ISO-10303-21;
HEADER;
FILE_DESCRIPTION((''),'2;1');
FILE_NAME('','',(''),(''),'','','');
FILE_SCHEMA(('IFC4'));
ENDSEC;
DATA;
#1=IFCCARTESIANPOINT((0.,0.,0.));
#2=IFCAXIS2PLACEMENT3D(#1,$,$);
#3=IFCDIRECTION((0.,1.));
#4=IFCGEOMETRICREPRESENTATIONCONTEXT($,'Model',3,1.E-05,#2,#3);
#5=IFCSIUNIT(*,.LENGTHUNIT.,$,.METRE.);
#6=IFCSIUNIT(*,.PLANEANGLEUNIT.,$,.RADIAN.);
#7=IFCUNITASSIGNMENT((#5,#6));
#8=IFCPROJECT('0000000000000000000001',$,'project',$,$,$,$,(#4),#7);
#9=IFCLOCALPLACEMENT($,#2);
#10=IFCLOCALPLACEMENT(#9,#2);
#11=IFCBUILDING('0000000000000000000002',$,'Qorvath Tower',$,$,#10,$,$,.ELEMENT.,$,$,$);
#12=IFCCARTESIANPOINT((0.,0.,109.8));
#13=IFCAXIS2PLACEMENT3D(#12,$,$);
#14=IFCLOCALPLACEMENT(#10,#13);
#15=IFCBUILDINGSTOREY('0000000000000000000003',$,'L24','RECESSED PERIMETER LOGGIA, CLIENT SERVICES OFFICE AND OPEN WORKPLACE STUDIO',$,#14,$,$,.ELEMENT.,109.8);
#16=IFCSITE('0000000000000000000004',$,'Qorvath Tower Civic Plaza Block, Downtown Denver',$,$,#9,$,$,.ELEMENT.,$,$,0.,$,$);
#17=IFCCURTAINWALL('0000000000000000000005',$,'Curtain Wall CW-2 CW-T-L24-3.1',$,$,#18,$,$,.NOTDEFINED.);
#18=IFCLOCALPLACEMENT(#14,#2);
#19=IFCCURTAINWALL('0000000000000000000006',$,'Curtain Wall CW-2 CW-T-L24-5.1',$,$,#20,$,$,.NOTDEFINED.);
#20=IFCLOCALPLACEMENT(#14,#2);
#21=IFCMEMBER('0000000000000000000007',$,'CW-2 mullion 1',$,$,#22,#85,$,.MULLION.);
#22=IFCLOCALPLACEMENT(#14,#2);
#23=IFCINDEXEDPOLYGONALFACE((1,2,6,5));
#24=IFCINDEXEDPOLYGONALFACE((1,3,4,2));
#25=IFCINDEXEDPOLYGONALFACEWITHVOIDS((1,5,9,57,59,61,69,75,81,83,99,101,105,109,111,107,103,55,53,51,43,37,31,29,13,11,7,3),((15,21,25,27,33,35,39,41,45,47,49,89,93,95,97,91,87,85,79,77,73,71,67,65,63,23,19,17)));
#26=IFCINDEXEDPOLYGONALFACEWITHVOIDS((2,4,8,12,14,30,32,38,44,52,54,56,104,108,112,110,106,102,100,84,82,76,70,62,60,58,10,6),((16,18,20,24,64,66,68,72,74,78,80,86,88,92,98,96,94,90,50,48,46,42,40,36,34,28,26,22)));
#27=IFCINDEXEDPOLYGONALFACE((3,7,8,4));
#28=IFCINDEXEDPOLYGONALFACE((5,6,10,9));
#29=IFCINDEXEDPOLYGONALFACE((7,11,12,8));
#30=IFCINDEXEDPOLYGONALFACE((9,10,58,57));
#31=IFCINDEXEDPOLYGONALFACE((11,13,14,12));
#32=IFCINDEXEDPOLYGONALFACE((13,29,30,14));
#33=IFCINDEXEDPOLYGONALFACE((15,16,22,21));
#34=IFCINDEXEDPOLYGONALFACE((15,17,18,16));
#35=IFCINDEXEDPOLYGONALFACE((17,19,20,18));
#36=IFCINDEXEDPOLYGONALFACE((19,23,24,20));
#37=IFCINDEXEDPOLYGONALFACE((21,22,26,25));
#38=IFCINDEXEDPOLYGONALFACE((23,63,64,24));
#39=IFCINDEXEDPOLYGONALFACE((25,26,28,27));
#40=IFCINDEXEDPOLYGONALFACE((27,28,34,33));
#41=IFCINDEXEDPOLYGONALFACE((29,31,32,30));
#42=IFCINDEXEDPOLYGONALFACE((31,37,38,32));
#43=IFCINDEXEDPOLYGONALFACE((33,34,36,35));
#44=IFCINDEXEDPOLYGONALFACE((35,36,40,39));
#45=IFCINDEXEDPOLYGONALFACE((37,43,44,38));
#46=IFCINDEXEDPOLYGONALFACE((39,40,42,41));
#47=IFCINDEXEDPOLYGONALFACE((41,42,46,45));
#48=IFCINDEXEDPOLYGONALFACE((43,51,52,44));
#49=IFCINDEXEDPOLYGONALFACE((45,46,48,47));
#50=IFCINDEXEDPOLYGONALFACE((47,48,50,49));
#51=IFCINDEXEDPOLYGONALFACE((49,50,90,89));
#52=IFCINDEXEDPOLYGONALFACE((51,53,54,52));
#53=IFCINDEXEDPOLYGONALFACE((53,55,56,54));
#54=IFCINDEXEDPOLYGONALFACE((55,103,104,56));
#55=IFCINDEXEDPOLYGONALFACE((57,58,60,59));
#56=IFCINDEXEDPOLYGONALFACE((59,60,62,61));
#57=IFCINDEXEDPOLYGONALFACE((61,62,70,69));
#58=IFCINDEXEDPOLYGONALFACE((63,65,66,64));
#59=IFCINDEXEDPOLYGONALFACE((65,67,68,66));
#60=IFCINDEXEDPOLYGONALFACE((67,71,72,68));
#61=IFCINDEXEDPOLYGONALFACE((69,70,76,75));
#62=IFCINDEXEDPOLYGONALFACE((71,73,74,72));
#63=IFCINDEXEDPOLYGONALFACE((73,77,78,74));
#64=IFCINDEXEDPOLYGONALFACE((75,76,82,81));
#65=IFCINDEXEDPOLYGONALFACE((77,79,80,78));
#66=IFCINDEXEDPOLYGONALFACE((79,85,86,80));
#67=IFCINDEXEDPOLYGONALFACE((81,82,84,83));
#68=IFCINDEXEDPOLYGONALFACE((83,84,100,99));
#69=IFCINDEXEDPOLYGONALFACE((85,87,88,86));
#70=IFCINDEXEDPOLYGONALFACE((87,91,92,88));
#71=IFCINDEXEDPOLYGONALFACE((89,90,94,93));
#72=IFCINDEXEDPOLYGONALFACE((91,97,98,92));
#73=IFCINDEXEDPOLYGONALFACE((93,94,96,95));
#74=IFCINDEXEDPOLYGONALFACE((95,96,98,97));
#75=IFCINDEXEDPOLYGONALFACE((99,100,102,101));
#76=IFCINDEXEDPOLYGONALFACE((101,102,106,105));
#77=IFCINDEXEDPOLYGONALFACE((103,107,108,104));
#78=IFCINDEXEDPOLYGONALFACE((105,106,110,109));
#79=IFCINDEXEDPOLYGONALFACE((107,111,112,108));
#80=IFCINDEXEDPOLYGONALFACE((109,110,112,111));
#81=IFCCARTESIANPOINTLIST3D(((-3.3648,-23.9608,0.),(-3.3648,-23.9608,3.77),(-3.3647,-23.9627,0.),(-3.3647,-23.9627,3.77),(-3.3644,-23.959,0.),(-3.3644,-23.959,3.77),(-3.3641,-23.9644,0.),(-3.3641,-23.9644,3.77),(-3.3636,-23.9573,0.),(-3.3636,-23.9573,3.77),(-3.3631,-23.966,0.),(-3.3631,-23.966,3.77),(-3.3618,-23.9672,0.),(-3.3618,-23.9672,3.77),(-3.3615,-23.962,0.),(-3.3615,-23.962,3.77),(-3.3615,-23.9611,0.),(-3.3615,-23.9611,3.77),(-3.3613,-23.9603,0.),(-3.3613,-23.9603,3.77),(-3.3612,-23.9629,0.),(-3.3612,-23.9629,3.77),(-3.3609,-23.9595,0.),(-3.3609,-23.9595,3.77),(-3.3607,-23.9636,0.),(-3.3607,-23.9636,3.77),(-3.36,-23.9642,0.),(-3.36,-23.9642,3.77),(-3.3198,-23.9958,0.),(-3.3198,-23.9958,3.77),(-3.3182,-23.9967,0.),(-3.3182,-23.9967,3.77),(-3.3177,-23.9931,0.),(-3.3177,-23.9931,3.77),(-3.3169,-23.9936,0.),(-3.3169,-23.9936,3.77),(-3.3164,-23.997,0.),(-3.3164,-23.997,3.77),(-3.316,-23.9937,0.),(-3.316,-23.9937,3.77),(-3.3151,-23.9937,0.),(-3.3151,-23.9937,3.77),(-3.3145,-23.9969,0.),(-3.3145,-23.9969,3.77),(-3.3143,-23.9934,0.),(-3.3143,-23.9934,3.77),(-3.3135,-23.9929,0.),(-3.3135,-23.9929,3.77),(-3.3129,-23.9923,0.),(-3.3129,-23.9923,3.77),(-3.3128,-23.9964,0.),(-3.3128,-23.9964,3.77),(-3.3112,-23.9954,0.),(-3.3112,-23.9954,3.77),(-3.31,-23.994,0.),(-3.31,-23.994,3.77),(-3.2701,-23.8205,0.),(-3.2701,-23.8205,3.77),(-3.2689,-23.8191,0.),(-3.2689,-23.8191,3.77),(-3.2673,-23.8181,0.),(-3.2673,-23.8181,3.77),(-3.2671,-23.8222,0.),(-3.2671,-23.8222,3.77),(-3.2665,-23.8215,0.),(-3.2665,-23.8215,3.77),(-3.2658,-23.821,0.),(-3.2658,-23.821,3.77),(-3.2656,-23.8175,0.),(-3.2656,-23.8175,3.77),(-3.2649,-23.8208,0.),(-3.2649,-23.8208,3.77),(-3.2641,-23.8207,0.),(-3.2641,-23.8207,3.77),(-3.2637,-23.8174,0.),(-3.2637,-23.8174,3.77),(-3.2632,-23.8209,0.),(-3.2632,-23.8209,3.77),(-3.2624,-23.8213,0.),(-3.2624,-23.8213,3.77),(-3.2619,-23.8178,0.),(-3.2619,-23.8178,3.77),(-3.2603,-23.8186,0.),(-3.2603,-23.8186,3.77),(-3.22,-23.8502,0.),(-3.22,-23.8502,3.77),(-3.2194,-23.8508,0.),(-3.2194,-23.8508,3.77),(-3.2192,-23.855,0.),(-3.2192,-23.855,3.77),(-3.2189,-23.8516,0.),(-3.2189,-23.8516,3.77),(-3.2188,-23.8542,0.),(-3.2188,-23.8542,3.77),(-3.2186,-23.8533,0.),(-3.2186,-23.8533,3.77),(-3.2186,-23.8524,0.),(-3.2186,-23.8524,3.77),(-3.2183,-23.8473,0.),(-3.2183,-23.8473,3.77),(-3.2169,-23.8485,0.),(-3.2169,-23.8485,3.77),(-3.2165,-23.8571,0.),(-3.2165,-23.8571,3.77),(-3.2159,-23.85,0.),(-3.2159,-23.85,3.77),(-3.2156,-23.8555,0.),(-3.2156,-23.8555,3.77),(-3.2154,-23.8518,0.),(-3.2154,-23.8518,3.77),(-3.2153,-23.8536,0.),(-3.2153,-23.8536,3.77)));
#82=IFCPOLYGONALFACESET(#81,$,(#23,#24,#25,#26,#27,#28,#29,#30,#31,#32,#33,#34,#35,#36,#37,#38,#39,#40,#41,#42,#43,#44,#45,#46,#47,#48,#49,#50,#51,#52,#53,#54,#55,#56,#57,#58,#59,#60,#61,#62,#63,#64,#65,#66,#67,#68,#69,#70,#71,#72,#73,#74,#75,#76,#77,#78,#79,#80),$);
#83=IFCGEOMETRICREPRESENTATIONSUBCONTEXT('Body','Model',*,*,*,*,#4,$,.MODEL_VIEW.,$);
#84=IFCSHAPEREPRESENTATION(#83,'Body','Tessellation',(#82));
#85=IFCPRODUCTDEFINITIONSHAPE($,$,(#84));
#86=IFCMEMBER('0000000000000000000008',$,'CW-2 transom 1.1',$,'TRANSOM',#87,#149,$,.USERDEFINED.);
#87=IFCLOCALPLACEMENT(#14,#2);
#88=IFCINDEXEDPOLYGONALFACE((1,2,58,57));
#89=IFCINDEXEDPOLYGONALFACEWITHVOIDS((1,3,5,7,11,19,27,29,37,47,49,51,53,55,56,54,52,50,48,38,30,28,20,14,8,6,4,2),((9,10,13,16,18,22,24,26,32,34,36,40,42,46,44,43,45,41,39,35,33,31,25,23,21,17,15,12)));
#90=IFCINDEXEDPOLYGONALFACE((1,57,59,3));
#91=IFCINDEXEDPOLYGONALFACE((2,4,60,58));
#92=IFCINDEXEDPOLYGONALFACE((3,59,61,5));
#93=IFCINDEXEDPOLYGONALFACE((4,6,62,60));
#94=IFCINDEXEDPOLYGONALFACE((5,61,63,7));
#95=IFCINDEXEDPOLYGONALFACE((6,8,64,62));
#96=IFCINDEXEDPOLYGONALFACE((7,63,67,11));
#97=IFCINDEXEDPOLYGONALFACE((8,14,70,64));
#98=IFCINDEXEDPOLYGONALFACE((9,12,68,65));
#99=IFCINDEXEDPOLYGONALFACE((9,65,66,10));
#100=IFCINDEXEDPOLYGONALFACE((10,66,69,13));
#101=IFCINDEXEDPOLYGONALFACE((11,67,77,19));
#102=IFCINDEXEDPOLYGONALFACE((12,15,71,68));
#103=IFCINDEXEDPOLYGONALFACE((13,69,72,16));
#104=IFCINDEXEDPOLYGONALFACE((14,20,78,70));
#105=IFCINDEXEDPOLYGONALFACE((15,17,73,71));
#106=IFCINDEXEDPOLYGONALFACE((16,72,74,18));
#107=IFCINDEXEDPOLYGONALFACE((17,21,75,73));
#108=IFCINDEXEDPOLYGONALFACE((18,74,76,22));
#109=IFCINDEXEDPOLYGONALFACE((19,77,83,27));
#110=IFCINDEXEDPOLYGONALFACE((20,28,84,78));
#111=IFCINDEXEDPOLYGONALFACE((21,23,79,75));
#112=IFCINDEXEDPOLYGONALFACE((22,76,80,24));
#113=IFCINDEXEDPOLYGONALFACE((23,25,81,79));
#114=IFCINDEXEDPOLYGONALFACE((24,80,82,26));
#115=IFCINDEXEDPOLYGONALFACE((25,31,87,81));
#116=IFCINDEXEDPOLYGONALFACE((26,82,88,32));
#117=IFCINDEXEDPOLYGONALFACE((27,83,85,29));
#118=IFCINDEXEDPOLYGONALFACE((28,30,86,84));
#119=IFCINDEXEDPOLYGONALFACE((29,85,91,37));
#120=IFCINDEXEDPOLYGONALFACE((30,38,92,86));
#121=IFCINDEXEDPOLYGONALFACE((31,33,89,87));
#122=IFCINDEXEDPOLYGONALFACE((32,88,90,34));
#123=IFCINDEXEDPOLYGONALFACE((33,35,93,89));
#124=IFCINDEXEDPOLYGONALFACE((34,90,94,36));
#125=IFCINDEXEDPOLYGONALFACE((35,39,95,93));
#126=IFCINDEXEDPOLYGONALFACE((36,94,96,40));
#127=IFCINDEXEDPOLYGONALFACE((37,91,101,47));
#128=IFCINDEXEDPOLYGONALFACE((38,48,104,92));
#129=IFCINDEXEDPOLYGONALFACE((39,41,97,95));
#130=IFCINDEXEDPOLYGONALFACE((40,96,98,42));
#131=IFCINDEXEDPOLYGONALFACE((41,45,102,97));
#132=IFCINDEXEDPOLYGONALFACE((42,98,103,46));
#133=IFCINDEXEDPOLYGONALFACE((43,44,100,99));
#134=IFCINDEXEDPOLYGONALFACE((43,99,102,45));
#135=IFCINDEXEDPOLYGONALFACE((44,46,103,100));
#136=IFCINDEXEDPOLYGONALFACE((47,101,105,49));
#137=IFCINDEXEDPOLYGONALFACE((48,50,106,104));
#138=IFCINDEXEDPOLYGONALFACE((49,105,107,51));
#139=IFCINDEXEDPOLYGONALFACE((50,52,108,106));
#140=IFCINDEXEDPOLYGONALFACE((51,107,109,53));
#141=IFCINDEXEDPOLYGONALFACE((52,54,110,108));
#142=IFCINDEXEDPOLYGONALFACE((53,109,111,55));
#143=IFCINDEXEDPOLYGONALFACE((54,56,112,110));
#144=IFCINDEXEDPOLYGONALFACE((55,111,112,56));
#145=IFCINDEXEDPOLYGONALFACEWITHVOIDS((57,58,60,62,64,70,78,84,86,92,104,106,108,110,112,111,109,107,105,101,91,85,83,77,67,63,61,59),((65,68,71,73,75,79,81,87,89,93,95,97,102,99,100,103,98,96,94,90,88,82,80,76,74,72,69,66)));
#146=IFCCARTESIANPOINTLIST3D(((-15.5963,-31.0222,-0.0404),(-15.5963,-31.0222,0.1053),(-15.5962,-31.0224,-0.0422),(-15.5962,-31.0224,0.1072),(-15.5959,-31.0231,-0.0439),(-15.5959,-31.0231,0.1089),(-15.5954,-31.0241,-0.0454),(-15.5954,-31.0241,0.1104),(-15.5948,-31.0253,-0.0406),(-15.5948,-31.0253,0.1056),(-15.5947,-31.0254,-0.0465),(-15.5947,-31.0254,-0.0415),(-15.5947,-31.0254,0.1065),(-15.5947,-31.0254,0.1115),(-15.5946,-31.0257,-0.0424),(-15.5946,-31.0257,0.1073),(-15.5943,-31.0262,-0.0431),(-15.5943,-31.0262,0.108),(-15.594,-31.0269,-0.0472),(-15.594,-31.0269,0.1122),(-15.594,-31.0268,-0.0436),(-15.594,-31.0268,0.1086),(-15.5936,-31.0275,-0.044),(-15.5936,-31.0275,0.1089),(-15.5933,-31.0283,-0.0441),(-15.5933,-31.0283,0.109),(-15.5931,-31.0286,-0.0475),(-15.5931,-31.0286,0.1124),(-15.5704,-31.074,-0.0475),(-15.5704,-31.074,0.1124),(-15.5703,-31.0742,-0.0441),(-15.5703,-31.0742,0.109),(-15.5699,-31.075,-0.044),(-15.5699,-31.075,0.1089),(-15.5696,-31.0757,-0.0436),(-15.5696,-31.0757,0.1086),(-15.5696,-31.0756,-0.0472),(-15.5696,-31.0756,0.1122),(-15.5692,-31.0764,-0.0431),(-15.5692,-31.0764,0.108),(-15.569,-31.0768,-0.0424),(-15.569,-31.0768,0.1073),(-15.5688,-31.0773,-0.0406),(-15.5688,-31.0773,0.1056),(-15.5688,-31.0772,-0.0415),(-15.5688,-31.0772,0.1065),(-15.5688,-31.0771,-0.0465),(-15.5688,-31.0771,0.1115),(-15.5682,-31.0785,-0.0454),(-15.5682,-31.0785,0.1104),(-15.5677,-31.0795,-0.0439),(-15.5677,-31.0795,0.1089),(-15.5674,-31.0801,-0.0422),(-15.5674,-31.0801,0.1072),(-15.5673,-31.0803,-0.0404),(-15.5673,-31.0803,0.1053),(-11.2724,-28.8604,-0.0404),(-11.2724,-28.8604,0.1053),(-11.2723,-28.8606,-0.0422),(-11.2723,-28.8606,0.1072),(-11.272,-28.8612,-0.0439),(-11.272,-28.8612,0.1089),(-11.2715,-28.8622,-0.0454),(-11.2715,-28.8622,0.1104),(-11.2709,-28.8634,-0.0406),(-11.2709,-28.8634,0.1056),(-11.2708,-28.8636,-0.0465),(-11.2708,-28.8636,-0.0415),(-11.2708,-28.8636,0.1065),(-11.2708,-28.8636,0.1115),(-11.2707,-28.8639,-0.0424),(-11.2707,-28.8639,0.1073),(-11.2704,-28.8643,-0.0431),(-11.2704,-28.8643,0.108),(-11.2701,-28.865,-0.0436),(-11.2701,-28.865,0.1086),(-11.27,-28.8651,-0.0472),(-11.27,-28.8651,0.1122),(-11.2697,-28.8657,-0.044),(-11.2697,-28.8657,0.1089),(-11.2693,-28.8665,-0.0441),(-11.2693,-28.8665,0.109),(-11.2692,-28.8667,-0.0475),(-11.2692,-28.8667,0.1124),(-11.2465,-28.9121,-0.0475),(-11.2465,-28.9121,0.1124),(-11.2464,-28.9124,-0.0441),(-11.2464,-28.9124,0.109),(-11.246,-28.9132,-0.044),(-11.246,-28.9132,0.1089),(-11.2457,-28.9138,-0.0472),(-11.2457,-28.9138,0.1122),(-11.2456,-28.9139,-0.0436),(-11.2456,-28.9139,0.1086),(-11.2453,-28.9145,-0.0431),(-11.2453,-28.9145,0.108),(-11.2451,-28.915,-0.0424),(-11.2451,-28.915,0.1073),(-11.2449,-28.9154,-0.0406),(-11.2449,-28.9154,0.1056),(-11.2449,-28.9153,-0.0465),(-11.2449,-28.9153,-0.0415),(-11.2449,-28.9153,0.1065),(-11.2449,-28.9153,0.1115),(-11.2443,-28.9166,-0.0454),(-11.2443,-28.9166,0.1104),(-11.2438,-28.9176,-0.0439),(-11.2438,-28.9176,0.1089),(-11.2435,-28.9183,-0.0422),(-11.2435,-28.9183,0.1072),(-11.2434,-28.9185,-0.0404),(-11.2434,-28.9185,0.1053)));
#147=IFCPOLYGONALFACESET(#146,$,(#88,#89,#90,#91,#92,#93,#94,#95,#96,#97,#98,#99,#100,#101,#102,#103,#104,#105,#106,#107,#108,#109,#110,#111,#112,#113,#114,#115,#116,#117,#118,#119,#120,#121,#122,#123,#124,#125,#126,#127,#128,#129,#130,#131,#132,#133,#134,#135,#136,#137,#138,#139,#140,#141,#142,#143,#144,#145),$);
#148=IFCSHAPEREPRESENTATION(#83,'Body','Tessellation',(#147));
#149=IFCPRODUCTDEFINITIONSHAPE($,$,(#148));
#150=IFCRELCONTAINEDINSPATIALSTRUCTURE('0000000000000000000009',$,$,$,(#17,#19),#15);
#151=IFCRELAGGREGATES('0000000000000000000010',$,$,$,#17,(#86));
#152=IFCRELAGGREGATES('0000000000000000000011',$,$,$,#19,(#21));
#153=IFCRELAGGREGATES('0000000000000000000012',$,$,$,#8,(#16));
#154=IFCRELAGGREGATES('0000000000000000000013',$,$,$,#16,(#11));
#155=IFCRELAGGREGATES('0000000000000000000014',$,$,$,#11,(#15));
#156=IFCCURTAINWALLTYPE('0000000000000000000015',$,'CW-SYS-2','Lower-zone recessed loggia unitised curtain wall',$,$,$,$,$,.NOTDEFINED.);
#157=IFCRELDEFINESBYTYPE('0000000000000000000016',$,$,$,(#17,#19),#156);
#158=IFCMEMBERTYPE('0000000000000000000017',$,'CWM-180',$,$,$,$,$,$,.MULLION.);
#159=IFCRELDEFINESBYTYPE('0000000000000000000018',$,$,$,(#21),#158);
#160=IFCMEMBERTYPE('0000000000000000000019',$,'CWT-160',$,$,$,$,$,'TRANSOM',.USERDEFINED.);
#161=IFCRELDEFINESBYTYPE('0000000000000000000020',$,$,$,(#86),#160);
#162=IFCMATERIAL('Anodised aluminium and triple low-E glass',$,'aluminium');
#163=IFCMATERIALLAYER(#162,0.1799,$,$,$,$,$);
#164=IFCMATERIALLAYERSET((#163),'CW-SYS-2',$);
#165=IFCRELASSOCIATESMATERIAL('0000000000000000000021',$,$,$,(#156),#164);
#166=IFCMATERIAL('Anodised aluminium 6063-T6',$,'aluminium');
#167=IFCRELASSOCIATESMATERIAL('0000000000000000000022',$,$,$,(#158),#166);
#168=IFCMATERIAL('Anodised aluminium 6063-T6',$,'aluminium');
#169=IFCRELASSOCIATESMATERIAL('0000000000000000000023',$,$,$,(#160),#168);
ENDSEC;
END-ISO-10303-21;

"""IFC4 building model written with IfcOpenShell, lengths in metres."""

from ifc_helpers import new_model, si_unit, direction, frame, origin, origin_2d, place, context, subcontext, project, spatial, hollow_rectangle, extrude, material, layer, layer_set, material_profile, profile_set, type_object, element, aggregate, save


model = new_model("IFC4")

# Units and contexts
model_context = context("Model", 3, precision=1e-05, world=origin(), true_north=direction((0.0, 1.0)))
body_context = subcontext(model_context, "Body", "Model", "MODEL_VIEW")
ifc_project = project(units=[si_unit("LENGTHUNIT", "METRE"), si_unit("PLANEANGLEUNIT", "RADIAN")], contexts=[model_context])

# Site, building, storey
site_placement = place(None, origin())
site = spatial("IfcSite", under=ifc_project, at=site_placement, Name="Qorvath Tower Civic Plaza Block, Downtown Denver", CompositionType="ELEMENT", RefElevation=0.0)
building_placement = place(site_placement, origin())
building = spatial("IfcBuilding", under=site, at=building_placement, Name="Qorvath Tower", CompositionType="ELEMENT")
storey_placement = place(building_placement, frame((0.0, 0.0, 109.8)))
storey = spatial("IfcBuildingStorey", under=building, at=storey_placement, Name="L24", Description="RECESSED PERIMETER LOGGIA, CLIENT SERVICES OFFICE AND OPEN WORKPLACE STUDIO", CompositionType="ELEMENT", Elevation=109.8)

# Shared definitions
ifc_material_1 = material(Name="Anodised aluminium and triple low-E glass", Category="aluminium")
ifc_layer_1 = layer(ifc_material_1, 0.1799)
ifc_layer_set_1 = layer_set([ifc_layer_1], Name="CW-SYS-2")
curtain_wall_type = type_object("IfcCurtainWallType", Name="CW-SYS-2", Description="Lower-zone recessed loggia unitised curtain wall", PredefinedType="NOTDEFINED", material=ifc_layer_set_1)
ifc_material_2 = material(Name="Anodised aluminium 6063-T6", Category="aluminium")
ifc_material_profile_1 = material_profile(ifc_material_2, hollow_rectangle(XDim=0.0649, YDim=0.1799, WallThickness=0.0034, InnerFilletRadius=0.0034, OuterFilletRadius=0.0071, at=origin_2d()), Name="CWM 180x65")
ifc_profile_set_1 = profile_set([ifc_material_profile_1], Name="Anodised aluminium 6063-T6")
member_type_1 = type_object("IfcMemberType", Name="CWM-180", PredefinedType="MULLION", material=ifc_profile_set_1)

# Curtain wall
curtain_wall_1_placement = place(storey_placement, origin())
curtain_wall_1 = element("IfcCurtainWall", 1, at=curtain_wall_1_placement, inside=storey, type_object=curtain_wall_type, Name="Curtain Wall CW-2 CW-T-L24-3.1", PredefinedType="NOTDEFINED")

# Curtain wall, member
curtain_wall_2_placement = place(storey_placement, origin())
curtain_wall_2 = element("IfcCurtainWall", 2, at=curtain_wall_2_placement, inside=storey, type_object=curtain_wall_type, Name="Curtain Wall CW-2 CW-T-L24-5.1", PredefinedType="NOTDEFINED")
member_1_placement = place(storey_placement, frame((-3.29, -23.9072, 0.0), z_axis=(0.0, 0.0, 1.0), x_axis=(-0.825695, 0.564117, 0.0)))
member_1 = element("IfcMember", 3, at=member_1_placement, type_object=member_type_1, Name="CW-2 mullion 1", PredefinedType="MULLION", context=body_context, shape_type="SweptSolid", body=[
    extrude(hollow_rectangle(XDim=0.0649, YDim=0.1799, WallThickness=0.0034, InnerFilletRadius=0.0034, OuterFilletRadius=0.0071, at=origin_2d()), origin(), (0.0, 0.0, 1.0), 3.77),
])

# Member
ifc_material_3 = material(Name="Anodised aluminium 6063-T6", Category="aluminium")
ifc_material_profile_2 = material_profile(ifc_material_3, hollow_rectangle(XDim=0.0649, YDim=0.1599, WallThickness=0.0034, InnerFilletRadius=0.0034, OuterFilletRadius=0.0071, at=origin_2d()), Name="CWT 160x65")
ifc_profile_set_2 = profile_set([ifc_material_profile_2], Name="Anodised aluminium 6063-T6")
member_type_2 = type_object("IfcMemberType", Name="CWT-160", ElementType="TRANSOM", PredefinedType="USERDEFINED", material=ifc_profile_set_2)
member_2_placement = place(storey_placement, frame((-15.5818, -31.0513, 0.0325), z_axis=(0.894437, 0.447193, 0.0), x_axis=(-0.447193, 0.894437, 0.0)))
member_2 = element("IfcMember", 4, at=member_2_placement, type_object=member_type_2, Name="CW-2 transom 1.1", ObjectType="TRANSOM", PredefinedType="USERDEFINED", context=body_context, shape_type="SweptSolid", body=[
    extrude(hollow_rectangle(XDim=0.0649, YDim=0.1599, WallThickness=0.0034, InnerFilletRadius=0.0034, OuterFilletRadius=0.0071, at=origin_2d()), origin(), (0.0, 0.0, 1.0), 4.8342),
])

aggregate(curtain_wall_1, [member_2])
aggregate(curtain_wall_2, [member_1])

save(model, "model.ifc")
